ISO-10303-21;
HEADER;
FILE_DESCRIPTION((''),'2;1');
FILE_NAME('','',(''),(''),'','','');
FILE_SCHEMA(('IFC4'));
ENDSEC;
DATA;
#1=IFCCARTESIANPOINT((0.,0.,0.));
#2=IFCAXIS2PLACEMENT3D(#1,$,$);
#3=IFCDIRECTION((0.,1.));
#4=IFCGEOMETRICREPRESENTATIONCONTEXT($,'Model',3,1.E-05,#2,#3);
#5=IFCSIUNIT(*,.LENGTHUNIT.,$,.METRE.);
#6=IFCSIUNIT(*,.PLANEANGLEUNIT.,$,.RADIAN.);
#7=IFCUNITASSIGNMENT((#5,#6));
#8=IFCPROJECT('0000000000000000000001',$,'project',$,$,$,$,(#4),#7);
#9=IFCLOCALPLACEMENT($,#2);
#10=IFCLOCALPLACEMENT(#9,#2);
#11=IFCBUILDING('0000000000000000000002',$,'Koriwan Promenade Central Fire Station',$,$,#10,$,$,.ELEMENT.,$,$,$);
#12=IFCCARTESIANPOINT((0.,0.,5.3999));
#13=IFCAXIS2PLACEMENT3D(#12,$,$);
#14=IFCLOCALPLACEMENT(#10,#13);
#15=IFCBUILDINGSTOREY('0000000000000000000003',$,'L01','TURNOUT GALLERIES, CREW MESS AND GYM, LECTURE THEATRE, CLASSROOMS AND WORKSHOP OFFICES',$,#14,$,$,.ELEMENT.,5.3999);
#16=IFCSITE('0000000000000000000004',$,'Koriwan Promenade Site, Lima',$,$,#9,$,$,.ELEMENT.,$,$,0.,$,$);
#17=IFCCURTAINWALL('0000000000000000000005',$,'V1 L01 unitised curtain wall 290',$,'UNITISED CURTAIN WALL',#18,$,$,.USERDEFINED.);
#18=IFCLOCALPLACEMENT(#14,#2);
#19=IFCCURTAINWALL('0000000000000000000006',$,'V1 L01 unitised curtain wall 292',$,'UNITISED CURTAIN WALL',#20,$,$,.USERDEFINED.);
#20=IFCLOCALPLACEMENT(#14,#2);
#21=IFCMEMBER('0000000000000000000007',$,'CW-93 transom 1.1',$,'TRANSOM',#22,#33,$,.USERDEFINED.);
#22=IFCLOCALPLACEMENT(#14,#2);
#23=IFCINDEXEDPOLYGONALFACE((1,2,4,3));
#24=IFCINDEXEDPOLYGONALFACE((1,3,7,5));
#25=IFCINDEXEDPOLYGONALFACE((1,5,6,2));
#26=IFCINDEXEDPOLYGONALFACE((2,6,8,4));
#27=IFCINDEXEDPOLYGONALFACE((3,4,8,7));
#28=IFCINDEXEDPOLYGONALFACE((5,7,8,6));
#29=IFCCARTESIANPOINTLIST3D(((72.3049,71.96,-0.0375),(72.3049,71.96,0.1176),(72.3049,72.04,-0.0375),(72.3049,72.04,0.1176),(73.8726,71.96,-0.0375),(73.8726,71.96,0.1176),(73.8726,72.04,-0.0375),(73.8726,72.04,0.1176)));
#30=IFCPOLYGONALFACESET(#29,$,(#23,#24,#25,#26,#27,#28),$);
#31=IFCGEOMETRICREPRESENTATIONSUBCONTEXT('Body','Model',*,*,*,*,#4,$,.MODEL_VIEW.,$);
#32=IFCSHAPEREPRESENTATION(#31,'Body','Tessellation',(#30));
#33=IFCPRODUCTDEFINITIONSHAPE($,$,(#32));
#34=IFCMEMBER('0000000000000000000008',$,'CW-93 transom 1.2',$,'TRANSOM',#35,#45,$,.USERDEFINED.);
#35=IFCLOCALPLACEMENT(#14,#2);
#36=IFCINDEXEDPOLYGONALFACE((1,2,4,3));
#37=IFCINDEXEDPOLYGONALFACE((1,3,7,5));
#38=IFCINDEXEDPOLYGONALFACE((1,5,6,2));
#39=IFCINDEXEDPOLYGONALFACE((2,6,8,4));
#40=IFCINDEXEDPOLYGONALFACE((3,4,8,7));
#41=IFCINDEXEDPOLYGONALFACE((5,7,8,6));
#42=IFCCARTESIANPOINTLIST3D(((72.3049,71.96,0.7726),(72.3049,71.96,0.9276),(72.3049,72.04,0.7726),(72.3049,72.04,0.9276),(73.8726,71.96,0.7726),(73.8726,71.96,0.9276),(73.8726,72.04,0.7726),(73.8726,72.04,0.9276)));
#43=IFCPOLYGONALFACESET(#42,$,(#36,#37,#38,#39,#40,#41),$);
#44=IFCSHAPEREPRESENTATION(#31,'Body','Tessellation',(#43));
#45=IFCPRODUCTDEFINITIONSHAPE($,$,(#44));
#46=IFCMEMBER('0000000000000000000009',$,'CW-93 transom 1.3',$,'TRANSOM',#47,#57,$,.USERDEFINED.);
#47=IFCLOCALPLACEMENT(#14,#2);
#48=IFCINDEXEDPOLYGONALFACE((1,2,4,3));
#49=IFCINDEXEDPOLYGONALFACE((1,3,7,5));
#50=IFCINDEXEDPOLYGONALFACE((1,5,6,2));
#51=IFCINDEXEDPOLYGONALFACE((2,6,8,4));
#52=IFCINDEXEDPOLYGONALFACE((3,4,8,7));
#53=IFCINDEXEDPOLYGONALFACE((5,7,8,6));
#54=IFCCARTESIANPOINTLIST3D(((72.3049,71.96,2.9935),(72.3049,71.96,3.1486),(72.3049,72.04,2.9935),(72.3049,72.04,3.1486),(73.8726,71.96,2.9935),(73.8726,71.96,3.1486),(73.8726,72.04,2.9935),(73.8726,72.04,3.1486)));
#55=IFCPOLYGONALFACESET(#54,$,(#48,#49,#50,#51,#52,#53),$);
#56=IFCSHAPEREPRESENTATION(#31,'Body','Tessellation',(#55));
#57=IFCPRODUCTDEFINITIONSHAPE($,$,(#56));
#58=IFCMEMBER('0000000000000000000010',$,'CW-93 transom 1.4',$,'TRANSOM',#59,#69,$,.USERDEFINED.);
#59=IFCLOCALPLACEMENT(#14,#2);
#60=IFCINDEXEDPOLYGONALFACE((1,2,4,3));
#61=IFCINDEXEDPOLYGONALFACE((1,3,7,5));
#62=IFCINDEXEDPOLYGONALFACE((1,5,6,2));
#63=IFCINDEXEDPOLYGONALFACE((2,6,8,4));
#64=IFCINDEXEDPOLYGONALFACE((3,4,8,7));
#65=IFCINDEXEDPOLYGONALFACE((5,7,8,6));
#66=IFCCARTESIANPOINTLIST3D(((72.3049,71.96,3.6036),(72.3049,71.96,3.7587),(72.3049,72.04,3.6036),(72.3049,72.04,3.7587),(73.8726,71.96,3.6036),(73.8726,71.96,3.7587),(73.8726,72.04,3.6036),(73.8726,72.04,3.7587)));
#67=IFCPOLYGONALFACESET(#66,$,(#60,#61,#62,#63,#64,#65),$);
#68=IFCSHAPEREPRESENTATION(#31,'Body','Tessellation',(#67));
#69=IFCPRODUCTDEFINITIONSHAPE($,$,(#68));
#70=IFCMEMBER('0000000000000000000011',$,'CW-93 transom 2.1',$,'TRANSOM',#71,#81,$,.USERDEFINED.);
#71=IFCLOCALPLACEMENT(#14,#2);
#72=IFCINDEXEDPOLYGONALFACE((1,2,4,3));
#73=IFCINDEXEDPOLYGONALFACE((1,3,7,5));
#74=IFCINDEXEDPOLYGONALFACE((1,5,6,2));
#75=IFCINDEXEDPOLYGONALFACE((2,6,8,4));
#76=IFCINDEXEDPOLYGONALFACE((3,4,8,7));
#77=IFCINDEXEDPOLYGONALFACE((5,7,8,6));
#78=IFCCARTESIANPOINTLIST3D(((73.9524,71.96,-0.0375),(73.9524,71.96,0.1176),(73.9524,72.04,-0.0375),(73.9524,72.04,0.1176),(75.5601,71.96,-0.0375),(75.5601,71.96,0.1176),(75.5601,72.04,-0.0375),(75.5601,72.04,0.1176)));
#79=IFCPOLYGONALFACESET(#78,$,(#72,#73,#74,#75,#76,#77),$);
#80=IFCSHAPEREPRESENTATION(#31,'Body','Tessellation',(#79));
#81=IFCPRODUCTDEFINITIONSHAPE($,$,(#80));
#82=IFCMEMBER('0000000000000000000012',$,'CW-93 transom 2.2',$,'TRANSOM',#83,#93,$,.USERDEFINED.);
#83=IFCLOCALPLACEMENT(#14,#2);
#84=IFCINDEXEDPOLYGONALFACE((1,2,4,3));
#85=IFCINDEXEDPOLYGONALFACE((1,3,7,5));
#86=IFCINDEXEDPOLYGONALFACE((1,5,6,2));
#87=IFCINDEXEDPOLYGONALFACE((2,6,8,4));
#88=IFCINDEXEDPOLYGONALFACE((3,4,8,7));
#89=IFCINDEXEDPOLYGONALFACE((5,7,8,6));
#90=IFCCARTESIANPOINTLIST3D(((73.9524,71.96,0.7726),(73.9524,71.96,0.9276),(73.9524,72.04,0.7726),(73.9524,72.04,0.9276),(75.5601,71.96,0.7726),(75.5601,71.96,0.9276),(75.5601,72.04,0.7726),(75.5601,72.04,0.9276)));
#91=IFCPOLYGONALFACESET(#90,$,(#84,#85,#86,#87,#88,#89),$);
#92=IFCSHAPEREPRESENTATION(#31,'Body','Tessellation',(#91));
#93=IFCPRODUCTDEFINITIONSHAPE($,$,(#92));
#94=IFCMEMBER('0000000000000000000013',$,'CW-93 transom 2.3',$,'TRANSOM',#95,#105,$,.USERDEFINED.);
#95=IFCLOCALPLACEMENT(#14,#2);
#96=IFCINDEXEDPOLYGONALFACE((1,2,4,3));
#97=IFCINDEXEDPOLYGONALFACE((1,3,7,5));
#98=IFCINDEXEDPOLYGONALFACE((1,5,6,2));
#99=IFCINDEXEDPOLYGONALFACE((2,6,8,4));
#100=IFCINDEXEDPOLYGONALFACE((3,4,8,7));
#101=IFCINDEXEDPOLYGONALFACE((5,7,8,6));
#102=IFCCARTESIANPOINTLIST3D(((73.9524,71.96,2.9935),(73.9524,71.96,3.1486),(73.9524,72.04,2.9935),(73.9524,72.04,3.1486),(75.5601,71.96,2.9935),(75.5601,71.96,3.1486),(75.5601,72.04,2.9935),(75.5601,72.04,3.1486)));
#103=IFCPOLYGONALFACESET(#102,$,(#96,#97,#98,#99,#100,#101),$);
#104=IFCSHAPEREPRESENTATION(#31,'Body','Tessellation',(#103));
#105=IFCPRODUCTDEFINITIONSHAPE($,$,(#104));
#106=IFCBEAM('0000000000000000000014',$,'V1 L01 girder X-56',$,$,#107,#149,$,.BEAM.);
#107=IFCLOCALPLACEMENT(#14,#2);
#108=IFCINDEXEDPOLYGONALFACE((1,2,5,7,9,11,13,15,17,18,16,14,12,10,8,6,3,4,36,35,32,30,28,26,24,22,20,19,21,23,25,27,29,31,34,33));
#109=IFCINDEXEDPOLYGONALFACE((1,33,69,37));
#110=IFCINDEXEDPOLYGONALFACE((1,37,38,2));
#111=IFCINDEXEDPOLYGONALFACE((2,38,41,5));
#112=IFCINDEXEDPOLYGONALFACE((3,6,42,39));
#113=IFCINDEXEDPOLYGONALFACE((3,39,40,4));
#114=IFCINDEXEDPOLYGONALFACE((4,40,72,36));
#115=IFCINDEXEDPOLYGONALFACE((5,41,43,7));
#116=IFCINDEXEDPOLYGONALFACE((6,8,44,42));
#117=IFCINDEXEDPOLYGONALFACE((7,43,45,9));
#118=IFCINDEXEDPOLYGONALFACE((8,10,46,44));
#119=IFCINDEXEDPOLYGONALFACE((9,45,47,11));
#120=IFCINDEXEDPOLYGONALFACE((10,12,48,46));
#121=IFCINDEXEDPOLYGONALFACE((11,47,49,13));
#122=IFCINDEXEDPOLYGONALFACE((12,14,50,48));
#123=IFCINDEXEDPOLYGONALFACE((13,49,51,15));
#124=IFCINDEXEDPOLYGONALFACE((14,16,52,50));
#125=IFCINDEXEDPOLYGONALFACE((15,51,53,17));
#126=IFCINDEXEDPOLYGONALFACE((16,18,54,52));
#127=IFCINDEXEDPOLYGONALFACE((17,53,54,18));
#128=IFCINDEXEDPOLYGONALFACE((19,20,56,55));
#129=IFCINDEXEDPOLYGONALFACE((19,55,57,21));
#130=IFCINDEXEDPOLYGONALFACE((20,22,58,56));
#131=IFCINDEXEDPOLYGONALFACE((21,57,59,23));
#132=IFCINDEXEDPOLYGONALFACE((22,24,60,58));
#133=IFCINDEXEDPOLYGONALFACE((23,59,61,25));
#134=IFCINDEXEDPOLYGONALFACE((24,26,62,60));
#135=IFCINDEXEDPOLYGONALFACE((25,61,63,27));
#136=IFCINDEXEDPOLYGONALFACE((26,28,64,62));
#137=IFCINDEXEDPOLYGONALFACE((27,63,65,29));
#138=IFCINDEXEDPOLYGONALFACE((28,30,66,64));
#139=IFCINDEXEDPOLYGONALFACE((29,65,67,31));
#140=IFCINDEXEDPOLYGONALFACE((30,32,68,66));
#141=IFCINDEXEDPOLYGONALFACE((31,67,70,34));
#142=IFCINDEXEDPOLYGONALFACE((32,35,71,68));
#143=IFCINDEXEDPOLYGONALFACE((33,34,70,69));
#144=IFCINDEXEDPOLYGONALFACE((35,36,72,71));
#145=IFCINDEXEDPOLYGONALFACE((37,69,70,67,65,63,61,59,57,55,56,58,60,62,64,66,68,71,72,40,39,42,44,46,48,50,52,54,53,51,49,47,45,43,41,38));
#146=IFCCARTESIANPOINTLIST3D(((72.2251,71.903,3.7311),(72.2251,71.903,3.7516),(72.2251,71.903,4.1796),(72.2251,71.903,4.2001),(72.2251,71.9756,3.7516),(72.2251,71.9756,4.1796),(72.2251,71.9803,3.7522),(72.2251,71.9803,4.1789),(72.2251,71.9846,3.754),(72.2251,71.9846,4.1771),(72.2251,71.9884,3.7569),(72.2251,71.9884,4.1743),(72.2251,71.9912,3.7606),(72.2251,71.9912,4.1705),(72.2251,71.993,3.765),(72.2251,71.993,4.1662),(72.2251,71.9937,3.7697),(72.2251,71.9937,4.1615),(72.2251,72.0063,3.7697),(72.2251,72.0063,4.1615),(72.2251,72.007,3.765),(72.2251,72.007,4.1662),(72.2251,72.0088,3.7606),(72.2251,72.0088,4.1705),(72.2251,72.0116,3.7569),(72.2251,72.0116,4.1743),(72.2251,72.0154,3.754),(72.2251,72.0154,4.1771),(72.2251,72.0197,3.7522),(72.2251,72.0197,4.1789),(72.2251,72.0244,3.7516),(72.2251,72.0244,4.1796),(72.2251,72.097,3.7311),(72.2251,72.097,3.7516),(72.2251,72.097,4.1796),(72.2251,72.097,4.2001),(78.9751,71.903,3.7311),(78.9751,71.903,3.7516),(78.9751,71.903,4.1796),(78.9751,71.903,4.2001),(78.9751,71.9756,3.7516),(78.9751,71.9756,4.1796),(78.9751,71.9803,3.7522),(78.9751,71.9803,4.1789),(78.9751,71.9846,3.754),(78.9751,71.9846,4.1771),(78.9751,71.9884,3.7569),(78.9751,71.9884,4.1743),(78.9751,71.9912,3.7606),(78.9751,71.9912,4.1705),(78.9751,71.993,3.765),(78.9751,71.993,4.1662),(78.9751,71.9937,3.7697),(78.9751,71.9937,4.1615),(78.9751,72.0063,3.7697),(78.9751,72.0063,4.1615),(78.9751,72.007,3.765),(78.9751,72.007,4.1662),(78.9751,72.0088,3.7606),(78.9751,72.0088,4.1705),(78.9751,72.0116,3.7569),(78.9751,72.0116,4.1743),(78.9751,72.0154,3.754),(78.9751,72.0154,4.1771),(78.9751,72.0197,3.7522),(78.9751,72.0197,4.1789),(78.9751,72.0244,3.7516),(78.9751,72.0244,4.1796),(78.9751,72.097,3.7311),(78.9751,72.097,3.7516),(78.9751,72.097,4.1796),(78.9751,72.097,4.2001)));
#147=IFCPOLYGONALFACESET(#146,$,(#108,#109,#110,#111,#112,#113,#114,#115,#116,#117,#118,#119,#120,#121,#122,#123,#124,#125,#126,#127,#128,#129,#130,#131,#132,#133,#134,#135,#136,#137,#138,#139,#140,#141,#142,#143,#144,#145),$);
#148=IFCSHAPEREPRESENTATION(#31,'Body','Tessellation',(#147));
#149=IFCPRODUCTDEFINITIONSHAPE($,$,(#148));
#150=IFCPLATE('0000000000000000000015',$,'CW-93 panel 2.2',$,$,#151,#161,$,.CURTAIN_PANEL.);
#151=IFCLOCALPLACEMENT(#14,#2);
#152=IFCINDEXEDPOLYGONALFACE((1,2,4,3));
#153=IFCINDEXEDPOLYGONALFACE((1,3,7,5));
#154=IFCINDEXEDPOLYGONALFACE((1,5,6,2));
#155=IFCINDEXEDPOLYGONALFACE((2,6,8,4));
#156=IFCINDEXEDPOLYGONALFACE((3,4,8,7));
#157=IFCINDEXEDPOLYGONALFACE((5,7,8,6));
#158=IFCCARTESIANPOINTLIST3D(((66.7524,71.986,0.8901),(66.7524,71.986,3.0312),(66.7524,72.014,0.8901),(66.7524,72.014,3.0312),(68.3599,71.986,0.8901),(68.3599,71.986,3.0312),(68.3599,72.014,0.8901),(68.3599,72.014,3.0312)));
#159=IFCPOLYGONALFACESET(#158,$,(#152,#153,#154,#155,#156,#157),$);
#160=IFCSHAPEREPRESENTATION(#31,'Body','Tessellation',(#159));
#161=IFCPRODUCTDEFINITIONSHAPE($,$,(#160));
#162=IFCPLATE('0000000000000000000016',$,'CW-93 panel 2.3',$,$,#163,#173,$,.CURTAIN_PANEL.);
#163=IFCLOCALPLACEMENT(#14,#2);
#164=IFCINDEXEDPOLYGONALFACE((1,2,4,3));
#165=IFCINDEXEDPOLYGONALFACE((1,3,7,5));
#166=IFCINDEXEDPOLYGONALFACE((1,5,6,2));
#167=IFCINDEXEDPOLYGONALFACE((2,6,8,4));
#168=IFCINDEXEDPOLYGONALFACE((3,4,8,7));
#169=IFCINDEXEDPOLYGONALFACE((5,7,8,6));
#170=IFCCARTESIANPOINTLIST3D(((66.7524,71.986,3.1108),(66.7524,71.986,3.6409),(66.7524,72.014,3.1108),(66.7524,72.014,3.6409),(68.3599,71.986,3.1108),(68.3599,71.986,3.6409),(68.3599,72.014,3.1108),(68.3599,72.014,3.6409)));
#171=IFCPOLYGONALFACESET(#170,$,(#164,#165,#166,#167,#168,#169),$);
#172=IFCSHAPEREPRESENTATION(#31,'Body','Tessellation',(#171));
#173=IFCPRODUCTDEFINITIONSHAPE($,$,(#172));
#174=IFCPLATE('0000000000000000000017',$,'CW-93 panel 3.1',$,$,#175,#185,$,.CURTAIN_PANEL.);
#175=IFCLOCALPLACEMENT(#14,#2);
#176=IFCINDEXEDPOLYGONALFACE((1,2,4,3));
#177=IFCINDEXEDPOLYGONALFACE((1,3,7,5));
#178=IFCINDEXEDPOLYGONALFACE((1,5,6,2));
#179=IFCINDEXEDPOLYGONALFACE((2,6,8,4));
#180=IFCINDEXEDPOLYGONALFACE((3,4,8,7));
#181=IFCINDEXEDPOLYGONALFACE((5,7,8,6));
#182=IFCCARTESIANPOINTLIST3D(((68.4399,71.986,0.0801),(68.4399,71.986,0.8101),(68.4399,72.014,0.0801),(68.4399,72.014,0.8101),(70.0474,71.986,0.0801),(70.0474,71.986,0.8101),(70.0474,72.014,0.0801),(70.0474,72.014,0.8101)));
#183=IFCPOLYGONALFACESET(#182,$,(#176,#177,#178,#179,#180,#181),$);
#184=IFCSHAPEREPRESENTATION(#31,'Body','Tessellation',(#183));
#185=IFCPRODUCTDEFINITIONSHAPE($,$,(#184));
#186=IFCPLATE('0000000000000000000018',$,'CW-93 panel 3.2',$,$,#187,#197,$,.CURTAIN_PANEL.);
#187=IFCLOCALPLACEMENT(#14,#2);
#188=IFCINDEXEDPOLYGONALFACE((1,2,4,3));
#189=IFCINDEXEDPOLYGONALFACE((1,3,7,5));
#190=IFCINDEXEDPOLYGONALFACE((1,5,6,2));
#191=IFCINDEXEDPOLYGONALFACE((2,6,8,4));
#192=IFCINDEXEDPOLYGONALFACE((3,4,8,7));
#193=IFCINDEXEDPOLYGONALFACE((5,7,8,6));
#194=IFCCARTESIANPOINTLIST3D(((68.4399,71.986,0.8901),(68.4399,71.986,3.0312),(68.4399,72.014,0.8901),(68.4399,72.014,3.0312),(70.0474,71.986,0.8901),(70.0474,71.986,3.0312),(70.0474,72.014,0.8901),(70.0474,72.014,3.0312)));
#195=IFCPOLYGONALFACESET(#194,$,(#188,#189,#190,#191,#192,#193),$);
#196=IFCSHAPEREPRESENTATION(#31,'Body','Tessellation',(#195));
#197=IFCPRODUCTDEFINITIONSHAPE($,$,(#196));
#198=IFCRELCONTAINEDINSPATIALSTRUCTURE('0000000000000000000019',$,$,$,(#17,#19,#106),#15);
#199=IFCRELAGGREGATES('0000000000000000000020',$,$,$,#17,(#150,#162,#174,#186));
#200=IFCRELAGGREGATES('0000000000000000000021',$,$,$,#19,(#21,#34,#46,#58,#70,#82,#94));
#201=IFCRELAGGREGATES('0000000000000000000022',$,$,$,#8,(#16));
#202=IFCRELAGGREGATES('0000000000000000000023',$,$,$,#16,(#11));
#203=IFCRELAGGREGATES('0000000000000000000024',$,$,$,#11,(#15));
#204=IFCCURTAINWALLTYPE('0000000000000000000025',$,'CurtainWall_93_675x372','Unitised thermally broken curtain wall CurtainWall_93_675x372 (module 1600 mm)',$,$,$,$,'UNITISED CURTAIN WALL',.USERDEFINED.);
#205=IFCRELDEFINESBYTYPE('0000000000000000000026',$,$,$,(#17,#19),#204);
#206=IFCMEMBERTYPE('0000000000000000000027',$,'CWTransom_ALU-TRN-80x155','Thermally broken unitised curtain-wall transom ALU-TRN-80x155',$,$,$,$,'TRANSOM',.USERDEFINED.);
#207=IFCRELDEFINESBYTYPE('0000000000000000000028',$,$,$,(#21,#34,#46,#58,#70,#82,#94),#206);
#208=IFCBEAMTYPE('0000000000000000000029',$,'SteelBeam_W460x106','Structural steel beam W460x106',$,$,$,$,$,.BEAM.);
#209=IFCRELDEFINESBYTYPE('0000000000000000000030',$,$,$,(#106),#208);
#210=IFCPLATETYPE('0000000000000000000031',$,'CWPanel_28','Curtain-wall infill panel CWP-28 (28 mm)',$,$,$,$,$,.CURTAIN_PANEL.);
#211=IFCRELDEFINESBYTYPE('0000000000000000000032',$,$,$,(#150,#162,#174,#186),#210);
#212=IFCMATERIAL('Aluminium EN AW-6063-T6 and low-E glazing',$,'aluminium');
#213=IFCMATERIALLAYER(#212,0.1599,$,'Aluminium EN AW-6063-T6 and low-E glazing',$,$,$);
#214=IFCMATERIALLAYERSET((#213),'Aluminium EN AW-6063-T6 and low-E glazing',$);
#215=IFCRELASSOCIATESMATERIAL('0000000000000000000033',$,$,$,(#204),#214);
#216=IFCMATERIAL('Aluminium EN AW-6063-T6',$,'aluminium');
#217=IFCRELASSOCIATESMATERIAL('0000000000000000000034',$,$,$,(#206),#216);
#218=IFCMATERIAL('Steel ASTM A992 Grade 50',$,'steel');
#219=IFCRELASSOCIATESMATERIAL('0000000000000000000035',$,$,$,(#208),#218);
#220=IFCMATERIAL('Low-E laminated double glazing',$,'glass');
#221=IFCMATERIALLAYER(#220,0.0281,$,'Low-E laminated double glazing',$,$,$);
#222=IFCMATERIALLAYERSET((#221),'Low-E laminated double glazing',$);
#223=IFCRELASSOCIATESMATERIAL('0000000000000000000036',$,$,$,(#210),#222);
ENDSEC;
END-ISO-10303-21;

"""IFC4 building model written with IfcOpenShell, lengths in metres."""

from ifc_helpers import new_model, si_unit, direction, frame, origin, origin_2d, place, context, subcontext, project, spatial, rectangle, i_section, extrude, material, layer, layer_set, material_profile, profile_set, type_object, element, aggregate, save


model = new_model("IFC4")

# Units and contexts
model_context = context("Model", 3, precision=1e-05, world=origin(), true_north=direction((0.0, 1.0)))
body_context = subcontext(model_context, "Body", "Model", "MODEL_VIEW")
ifc_project = project(units=[si_unit("LENGTHUNIT", "METRE"), si_unit("PLANEANGLEUNIT", "RADIAN")], contexts=[model_context])

# Site, building, storey
site_placement = place(None, origin())
site = spatial("IfcSite", under=ifc_project, at=site_placement, Name="Koriwan Promenade Site, Lima", CompositionType="ELEMENT", RefElevation=0.0)
building_placement = place(site_placement, origin())
building = spatial("IfcBuilding", under=site, at=building_placement, Name="Koriwan Promenade Central Fire Station", CompositionType="ELEMENT")
storey_placement = place(building_placement, frame((0.0, 0.0, 5.3999)))
storey = spatial("IfcBuildingStorey", under=building, at=storey_placement, Name="L01", Description="TURNOUT GALLERIES, CREW MESS AND GYM, LECTURE THEATRE, CLASSROOMS AND WORKSHOP OFFICES", CompositionType="ELEMENT", Elevation=5.3999)

# Curtain walls
ifc_material_1 = material(Name="Aluminium EN AW-6063-T6 and low-E glazing", Category="aluminium")
ifc_layer_1 = layer(ifc_material_1, 0.1599, Name="Aluminium EN AW-6063-T6 and low-E glazing")
ifc_layer_set_1 = layer_set([ifc_layer_1], Name="Aluminium EN AW-6063-T6 and low-E glazing")
curtain_wall_type = type_object("IfcCurtainWallType", Name="CurtainWall_93_675x372", Description="Unitised thermally broken curtain wall CurtainWall_93_675x372 (module 1600 mm)", ElementType="UNITISED CURTAIN WALL", PredefinedType="USERDEFINED", material=ifc_layer_set_1)
curtain_wall_1_placement = place(storey_placement, origin())
curtain_wall_1 = element("IfcCurtainWall", 1, at=curtain_wall_1_placement, inside=storey, type_object=curtain_wall_type, Name="V1 L01 unitised curtain wall 290", ObjectType="UNITISED CURTAIN WALL", PredefinedType="USERDEFINED")
ifc_material_2 = material(Name="Aluminium EN AW-6063-T6", Category="aluminium")
curtain_wall_2_placement = place(storey_placement, origin())
curtain_wall_2 = element("IfcCurtainWall", 2, at=curtain_wall_2_placement, inside=storey, type_object=curtain_wall_type, Name="V1 L01 unitised curtain wall 292", ObjectType="UNITISED CURTAIN WALL", PredefinedType="USERDEFINED")

# Members
ifc_material_profile_1 = material_profile(ifc_material_2, rectangle(XDim=0.0801, YDim=0.155, at=origin_2d()), Name="ALU-TRN-80x155")
ifc_profile_set_1 = profile_set([ifc_material_profile_1], Name="Aluminium EN AW-6063-T6")
member_type_1 = type_object("IfcMemberType", Name="CWTransom_ALU-TRN-80x155", Description="Thermally broken unitised curtain-wall transom ALU-TRN-80x155", ElementType="TRANSOM", PredefinedType="USERDEFINED", material=ifc_profile_set_1)
member_1_placement = place(storey_placement, frame((72.3049, 72.0, 0.04), z_axis=(1.0, 0.0, 0.0), x_axis=(0.0, 1.0, 0.0)))
member_1 = element("IfcMember", 3, at=member_1_placement, type_object=member_type_1, Name="CW-93 transom 1.1", ObjectType="TRANSOM", PredefinedType="USERDEFINED", context=body_context, shape_type="SweptSolid", body=[
    extrude(rectangle(XDim=0.0801, YDim=0.155, at=origin_2d()), origin(), (0.0, 0.0, 1.0), 1.5676),
])
member_2_placement = place(storey_placement, frame((72.3049, 72.0, 0.8501), z_axis=(1.0, 0.0, 0.0), x_axis=(0.0, 1.0, 0.0)))
member_2 = element("IfcMember", 4, at=member_2_placement, type_object=member_type_1, Name="CW-93 transom 1.2", ObjectType="TRANSOM", PredefinedType="USERDEFINED", context=body_context, shape_type="SweptSolid", body=[
    extrude(rectangle(XDim=0.0801, YDim=0.155, at=origin_2d()), origin(), (0.0, 0.0, 1.0), 1.5676),
])
member_3_placement = place(storey_placement, frame((72.3049, 72.0, 3.071), z_axis=(1.0, 0.0, 0.0), x_axis=(0.0, 1.0, 0.0)))
member_3 = element("IfcMember", 5, at=member_3_placement, type_object=member_type_1, Name="CW-93 transom 1.3", ObjectType="TRANSOM", PredefinedType="USERDEFINED", context=body_context, shape_type="SweptSolid", body=[
    extrude(rectangle(XDim=0.0801, YDim=0.155, at=origin_2d()), origin(), (0.0, 0.0, 1.0), 1.5676),
])
member_4_placement = place(storey_placement, frame((72.3049, 72.0, 3.6812), z_axis=(1.0, 0.0, 0.0), x_axis=(0.0, 1.0, 0.0)))
member_4 = element("IfcMember", 6, at=member_4_placement, type_object=member_type_1, Name="CW-93 transom 1.4", ObjectType="TRANSOM", PredefinedType="USERDEFINED", context=body_context, shape_type="SweptSolid", body=[
    extrude(rectangle(XDim=0.0801, YDim=0.155, at=origin_2d()), origin(), (0.0, 0.0, 1.0), 1.5676),
])
member_5_placement = place(storey_placement, frame((73.9524, 72.0, 0.04), z_axis=(1.0, 0.0, 0.0), x_axis=(0.0, 1.0, 0.0)))
member_5 = element("IfcMember", 7, at=member_5_placement, type_object=member_type_1, Name="CW-93 transom 2.1", ObjectType="TRANSOM", PredefinedType="USERDEFINED", context=body_context, shape_type="SweptSolid", body=[
    extrude(rectangle(XDim=0.0801, YDim=0.155, at=origin_2d()), origin(), (0.0, 0.0, 1.0), 1.6077),
])
member_6_placement = place(storey_placement, frame((73.9524, 72.0, 0.8501), z_axis=(1.0, 0.0, 0.0), x_axis=(0.0, 1.0, 0.0)))
member_6 = element("IfcMember", 8, at=member_6_placement, type_object=member_type_1, Name="CW-93 transom 2.2", ObjectType="TRANSOM", PredefinedType="USERDEFINED", context=body_context, shape_type="SweptSolid", body=[
    extrude(rectangle(XDim=0.0801, YDim=0.155, at=origin_2d()), origin(), (0.0, 0.0, 1.0), 1.6077),
])
member_7_placement = place(storey_placement, frame((73.9524, 72.0, 3.071), z_axis=(1.0, 0.0, 0.0), x_axis=(0.0, 1.0, 0.0)))
member_7 = element("IfcMember", 9, at=member_7_placement, type_object=member_type_1, Name="CW-93 transom 2.3", ObjectType="TRANSOM", PredefinedType="USERDEFINED", context=body_context, shape_type="SweptSolid", body=[
    extrude(rectangle(XDim=0.0801, YDim=0.155, at=origin_2d()), origin(), (0.0, 0.0, 1.0), 1.6077),
])

# Beam
ifc_material_3 = material(Name="Steel ASTM A992 Grade 50", Category="steel")
ifc_material_profile_2 = material_profile(ifc_material_3, i_section(OverallWidth=0.1941, OverallDepth=0.469, WebThickness=0.0127, FlangeThickness=0.0205, FilletRadius=0.0181, at=origin_2d()), Name="W460x106")
ifc_profile_set_2 = profile_set([ifc_material_profile_2], Name="Steel ASTM A992 Grade 50")
beam_type = type_object("IfcBeamType", Name="SteelBeam_W460x106", Description="Structural steel beam W460x106", PredefinedType="BEAM", material=ifc_profile_set_2)
beam_placement = place(storey_placement, frame((72.2251, 72.0, 3.9656), z_axis=(1.0, 0.0, 0.0), x_axis=(0.0, 1.0, 0.0)))
element("IfcBeam", 10, at=beam_placement, inside=storey, type_object=beam_type, Name="V1 L01 girder X-56", PredefinedType="BEAM", context=body_context, shape_type="SweptSolid", body=[
    extrude(i_section(OverallWidth=0.1941, OverallDepth=0.469, WebThickness=0.0127, FlangeThickness=0.0205, FilletRadius=0.0181, at=origin_2d()), origin(), (0.0, 0.0, 1.0), 6.75),
])

# Plates
ifc_material_4 = material(Name="Low-E laminated double glazing", Category="glass")
ifc_layer_2 = layer(ifc_material_4, 0.0281, Name="Low-E laminated double glazing")
ifc_layer_set_2 = layer_set([ifc_layer_2], Name="Low-E laminated double glazing")
plate_type_1 = type_object("IfcPlateType", Name="CWPanel_28", Description="Curtain-wall infill panel CWP-28 (28 mm)", PredefinedType="CURTAIN_PANEL", material=ifc_layer_set_2)
plate_1_placement = place(storey_placement, frame((67.5562, 72.0, 0.8901), z_axis=(0.0, 0.0, 1.0), x_axis=(1.0, 0.0, 0.0)))
plate_1 = element("IfcPlate", 11, at=plate_1_placement, type_object=plate_type_1, Name="CW-93 panel 2.2", PredefinedType="CURTAIN_PANEL", context=body_context, shape_type="SweptSolid", body=[
    extrude(rectangle(XDim=1.6074, YDim=0.0281, at=origin_2d()), origin(), (0.0, 0.0, 1.0), 2.1411),
])
plate_2_placement = place(storey_placement, frame((67.5562, 72.0, 3.1108), z_axis=(0.0, 0.0, 1.0), x_axis=(1.0, 0.0, 0.0)))
plate_2 = element("IfcPlate", 12, at=plate_2_placement, type_object=plate_type_1, Name="CW-93 panel 2.3", PredefinedType="CURTAIN_PANEL", context=body_context, shape_type="SweptSolid", body=[
    extrude(rectangle(XDim=1.6074, YDim=0.0281, at=origin_2d()), origin(), (0.0, 0.0, 1.0), 0.53),
])
plate_3_placement = place(storey_placement, frame((69.2437, 72.0, 0.0801), z_axis=(0.0, 0.0, 1.0), x_axis=(1.0, 0.0, 0.0)))
plate_3 = element("IfcPlate", 13, at=plate_3_placement, type_object=plate_type_1, Name="CW-93 panel 3.1", PredefinedType="CURTAIN_PANEL", context=body_context, shape_type="SweptSolid", body=[
    extrude(rectangle(XDim=1.6074, YDim=0.0281, at=origin_2d()), origin(), (0.0, 0.0, 1.0), 0.73),
])
plate_4_placement = place(storey_placement, frame((69.2437, 72.0, 0.8901), z_axis=(0.0, 0.0, 1.0), x_axis=(1.0, 0.0, 0.0)))
plate_4 = element("IfcPlate", 14, at=plate_4_placement, type_object=plate_type_1, Name="CW-93 panel 3.2", PredefinedType="CURTAIN_PANEL", context=body_context, shape_type="SweptSolid", body=[
    extrude(rectangle(XDim=1.6074, YDim=0.0281, at=origin_2d()), origin(), (0.0, 0.0, 1.0), 2.1411),
])
aggregate(curtain_wall_1, [plate_1, plate_2, plate_3, plate_4])
aggregate(curtain_wall_2, [member_1, member_2, member_3, member_4, member_5, member_6, member_7])

save(model, "model.ifc")
